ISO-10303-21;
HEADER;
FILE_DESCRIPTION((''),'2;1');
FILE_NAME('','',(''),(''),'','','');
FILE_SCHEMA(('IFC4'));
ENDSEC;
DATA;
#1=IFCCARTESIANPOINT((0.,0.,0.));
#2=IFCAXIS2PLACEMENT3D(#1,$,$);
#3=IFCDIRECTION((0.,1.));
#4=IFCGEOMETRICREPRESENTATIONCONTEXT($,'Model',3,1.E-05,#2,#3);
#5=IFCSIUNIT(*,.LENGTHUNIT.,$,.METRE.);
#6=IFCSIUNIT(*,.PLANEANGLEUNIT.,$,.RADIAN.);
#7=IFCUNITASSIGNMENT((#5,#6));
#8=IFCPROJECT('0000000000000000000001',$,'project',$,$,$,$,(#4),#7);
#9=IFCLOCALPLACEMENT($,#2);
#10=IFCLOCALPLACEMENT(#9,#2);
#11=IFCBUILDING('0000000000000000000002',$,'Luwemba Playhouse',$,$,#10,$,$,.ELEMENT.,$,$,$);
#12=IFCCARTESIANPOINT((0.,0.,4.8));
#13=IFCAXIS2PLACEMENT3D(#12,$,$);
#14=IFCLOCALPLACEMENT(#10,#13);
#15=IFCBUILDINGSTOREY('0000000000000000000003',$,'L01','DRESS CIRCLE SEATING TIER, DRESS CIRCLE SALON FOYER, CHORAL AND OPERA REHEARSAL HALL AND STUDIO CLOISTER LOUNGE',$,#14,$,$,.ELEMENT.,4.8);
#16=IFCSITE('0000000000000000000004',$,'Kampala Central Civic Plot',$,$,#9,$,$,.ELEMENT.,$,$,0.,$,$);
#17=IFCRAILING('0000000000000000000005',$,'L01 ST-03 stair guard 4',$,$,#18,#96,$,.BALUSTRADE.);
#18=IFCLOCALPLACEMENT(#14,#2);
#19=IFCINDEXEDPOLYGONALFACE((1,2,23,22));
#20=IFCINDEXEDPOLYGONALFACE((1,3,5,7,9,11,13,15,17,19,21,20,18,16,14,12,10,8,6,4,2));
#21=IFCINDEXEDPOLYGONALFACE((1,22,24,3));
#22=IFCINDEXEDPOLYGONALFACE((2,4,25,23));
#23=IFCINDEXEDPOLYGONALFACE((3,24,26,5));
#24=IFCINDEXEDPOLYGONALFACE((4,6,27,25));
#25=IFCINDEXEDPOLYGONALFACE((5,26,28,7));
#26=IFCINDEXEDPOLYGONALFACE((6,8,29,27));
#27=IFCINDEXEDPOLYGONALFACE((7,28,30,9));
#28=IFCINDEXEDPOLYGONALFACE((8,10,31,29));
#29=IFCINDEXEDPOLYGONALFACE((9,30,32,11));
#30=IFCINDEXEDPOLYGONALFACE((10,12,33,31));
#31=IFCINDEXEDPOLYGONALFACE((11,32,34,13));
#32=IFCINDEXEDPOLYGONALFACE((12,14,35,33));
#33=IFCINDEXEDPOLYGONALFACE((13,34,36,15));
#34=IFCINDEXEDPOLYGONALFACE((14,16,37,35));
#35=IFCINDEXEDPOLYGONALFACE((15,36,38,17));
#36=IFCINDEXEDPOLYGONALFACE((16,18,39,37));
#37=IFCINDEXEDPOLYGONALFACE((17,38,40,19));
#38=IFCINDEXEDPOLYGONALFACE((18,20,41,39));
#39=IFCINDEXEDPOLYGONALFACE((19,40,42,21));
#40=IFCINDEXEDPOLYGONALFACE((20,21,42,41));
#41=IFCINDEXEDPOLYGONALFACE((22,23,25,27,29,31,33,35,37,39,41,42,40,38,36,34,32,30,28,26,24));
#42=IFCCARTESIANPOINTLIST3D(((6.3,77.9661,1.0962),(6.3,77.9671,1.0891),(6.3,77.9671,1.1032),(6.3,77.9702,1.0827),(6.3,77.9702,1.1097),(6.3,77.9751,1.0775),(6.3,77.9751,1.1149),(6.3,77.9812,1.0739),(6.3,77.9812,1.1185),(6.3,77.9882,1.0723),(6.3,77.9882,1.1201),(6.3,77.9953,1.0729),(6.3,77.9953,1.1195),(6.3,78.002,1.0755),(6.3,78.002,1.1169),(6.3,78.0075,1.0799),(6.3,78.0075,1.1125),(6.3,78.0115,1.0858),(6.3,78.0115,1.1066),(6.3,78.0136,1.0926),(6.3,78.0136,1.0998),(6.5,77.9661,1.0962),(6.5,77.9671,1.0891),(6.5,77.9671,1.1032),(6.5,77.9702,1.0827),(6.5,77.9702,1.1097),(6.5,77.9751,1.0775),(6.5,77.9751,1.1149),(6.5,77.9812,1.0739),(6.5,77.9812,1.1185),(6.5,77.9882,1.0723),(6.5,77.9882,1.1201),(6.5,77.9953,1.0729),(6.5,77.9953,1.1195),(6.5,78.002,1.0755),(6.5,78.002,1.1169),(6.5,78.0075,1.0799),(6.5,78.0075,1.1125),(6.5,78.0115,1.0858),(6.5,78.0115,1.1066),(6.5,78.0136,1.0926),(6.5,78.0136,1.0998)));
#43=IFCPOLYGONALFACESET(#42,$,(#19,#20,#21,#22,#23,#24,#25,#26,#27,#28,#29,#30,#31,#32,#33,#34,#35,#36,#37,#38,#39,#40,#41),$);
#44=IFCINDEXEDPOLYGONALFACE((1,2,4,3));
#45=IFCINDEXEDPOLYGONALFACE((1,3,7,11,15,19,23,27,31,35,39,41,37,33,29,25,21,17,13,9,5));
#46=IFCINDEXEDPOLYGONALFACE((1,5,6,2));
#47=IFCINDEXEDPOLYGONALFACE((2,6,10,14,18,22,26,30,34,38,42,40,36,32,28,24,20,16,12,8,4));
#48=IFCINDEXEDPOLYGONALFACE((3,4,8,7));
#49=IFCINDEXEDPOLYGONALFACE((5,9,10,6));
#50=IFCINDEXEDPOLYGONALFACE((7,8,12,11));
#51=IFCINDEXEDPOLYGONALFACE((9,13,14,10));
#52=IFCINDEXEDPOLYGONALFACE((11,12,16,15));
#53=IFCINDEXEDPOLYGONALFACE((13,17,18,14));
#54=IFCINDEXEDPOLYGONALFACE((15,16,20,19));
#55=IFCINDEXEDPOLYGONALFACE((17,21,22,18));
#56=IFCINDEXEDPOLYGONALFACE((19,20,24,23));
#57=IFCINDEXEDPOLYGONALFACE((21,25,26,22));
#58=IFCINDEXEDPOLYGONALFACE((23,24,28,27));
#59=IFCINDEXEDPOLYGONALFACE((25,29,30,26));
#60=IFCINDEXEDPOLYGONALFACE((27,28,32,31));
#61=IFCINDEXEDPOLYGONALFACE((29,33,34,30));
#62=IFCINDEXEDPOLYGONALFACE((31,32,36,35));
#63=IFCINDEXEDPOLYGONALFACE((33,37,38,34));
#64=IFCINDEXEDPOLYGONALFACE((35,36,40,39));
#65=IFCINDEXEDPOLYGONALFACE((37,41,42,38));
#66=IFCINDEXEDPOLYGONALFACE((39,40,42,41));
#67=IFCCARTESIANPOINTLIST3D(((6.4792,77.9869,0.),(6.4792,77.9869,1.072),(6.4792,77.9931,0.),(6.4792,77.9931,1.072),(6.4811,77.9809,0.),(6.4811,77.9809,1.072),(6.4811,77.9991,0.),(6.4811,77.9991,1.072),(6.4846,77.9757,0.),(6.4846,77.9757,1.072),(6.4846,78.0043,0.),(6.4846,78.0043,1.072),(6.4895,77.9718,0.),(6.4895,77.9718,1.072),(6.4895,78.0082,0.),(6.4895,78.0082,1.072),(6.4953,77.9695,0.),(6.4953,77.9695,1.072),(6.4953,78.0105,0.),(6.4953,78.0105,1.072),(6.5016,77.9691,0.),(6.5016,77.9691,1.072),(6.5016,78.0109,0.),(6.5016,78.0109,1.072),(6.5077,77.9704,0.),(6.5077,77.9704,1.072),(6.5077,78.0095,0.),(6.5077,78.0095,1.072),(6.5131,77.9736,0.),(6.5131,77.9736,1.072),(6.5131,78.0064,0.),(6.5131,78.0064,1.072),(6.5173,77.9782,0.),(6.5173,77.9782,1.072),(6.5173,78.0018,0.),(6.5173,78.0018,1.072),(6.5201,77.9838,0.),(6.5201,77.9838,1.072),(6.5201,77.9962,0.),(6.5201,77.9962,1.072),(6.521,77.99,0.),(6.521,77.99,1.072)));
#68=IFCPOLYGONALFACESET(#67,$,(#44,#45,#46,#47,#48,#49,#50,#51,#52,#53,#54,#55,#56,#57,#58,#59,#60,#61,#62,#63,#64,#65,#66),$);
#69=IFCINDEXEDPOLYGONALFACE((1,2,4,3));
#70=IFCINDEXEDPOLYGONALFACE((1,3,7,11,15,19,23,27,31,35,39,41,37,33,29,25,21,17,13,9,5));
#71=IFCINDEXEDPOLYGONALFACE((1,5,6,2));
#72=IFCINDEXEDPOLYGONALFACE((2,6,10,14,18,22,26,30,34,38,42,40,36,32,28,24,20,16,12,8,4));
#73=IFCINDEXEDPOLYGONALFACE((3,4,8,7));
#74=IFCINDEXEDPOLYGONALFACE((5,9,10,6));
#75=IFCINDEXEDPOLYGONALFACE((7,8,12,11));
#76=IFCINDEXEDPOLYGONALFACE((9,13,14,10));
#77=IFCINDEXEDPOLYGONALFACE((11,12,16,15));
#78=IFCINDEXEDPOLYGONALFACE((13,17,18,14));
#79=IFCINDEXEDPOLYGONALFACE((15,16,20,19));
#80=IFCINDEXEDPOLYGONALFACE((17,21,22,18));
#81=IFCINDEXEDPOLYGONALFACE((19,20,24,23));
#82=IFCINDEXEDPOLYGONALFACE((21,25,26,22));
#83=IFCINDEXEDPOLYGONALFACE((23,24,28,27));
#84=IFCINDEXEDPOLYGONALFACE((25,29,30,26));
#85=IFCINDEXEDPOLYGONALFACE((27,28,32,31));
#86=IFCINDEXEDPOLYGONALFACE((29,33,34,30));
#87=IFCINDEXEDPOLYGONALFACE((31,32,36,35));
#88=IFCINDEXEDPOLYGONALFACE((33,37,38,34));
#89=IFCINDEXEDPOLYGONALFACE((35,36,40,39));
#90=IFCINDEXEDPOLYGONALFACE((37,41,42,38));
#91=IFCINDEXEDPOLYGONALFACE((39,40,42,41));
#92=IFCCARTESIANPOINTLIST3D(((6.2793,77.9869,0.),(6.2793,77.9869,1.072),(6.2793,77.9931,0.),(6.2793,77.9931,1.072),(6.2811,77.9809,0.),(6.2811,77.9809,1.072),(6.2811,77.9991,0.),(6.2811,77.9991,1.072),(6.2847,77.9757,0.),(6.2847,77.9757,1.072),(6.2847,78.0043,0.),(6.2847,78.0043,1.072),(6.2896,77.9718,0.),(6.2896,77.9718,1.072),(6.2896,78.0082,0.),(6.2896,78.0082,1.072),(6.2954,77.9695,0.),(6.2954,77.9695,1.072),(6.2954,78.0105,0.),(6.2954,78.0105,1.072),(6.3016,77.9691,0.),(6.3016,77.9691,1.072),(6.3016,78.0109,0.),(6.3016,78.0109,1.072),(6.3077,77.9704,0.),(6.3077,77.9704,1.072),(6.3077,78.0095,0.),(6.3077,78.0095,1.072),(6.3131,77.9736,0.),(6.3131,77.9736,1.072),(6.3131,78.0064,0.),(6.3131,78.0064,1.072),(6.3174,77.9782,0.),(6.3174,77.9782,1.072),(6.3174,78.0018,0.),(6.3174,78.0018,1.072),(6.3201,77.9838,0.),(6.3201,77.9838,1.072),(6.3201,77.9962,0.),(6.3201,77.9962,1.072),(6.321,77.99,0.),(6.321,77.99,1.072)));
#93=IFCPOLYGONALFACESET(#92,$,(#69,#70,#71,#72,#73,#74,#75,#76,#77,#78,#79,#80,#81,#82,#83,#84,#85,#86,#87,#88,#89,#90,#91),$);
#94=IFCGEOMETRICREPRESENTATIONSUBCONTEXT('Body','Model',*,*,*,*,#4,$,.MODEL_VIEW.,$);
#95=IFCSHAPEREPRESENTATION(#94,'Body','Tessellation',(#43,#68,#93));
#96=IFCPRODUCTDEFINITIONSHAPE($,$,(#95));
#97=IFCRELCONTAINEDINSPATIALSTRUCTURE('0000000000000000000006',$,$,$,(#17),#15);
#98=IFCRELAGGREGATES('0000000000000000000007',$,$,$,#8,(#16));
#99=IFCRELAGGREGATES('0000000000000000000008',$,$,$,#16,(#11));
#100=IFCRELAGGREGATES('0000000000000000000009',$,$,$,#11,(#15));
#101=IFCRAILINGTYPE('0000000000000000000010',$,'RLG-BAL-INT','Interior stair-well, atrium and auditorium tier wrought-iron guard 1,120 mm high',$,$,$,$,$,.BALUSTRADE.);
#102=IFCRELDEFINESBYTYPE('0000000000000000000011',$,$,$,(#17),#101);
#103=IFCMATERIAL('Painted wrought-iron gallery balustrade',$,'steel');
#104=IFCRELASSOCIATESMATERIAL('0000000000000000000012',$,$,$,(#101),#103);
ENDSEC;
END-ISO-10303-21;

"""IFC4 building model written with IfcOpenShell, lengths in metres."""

from ifc_helpers import new_model, si_unit, direction, frame, origin, origin_2d, place, context, subcontext, project, spatial, circle, extrude, material, type_object, element, save


model = new_model("IFC4")

# Units and contexts
model_context = context("Model", 3, precision=1e-05, world=origin(), true_north=direction((0.0, 1.0)))
body_context = subcontext(model_context, "Body", "Model", "MODEL_VIEW")
ifc_project = project(units=[si_unit("LENGTHUNIT", "METRE"), si_unit("PLANEANGLEUNIT", "RADIAN")], contexts=[model_context])

# Site, building, storey
site_placement = place(None, origin())
site = spatial("IfcSite", under=ifc_project, at=site_placement, Name="Kampala Central Civic Plot", CompositionType="ELEMENT", RefElevation=0.0)
building_placement = place(site_placement, origin())
building = spatial("IfcBuilding", under=site, at=building_placement, Name="Luwemba Playhouse", CompositionType="ELEMENT")
storey_placement = place(building_placement, frame((0.0, 0.0, 4.8)))
storey = spatial("IfcBuildingStorey", under=building, at=storey_placement, Name="L01", Description="DRESS CIRCLE SEATING TIER, DRESS CIRCLE SALON FOYER, CHORAL AND OPERA REHEARSAL HALL AND STUDIO CLOISTER LOUNGE", CompositionType="ELEMENT", Elevation=4.8)

# Railing
ifc_material_1 = material(Name="Painted wrought-iron gallery balustrade", Category="steel")
railing_type = type_object("IfcRailingType", Name="RLG-BAL-INT", Description="Interior stair-well, atrium and auditorium tier wrought-iron guard 1,120 mm high", PredefinedType="BALUSTRADE", material=ifc_material_1)
railing_1_placement = place(storey_placement, frame((6.5, 77.99, 0.0)))
element("IfcRailing", 1, at=railing_1_placement, inside=storey, type_object=railing_type, Name="L01 ST-03 stair guard 4", PredefinedType="BALUSTRADE", context=body_context, shape_type="SweptSolid", body=[
    extrude(circle(Radius=0.0239, at=origin_2d()), frame((0.0, 0.0, 1.0962), z_axis=(-1.0, 0.0, 0.0), x_axis=(0.0, -1.0, 0.0)), (0.0, 0.0, 1.0), 0.2),
    extrude(circle(Radius=0.021, at=origin_2d()), origin(), (0.0, 0.0, 1.0), 1.072),
    extrude(circle(Radius=0.021, at=origin_2d()), frame((-0.2, 0.0, 0.0)), (0.0, 0.0, 1.0), 1.072),
])

save(model, "model.ifc")
